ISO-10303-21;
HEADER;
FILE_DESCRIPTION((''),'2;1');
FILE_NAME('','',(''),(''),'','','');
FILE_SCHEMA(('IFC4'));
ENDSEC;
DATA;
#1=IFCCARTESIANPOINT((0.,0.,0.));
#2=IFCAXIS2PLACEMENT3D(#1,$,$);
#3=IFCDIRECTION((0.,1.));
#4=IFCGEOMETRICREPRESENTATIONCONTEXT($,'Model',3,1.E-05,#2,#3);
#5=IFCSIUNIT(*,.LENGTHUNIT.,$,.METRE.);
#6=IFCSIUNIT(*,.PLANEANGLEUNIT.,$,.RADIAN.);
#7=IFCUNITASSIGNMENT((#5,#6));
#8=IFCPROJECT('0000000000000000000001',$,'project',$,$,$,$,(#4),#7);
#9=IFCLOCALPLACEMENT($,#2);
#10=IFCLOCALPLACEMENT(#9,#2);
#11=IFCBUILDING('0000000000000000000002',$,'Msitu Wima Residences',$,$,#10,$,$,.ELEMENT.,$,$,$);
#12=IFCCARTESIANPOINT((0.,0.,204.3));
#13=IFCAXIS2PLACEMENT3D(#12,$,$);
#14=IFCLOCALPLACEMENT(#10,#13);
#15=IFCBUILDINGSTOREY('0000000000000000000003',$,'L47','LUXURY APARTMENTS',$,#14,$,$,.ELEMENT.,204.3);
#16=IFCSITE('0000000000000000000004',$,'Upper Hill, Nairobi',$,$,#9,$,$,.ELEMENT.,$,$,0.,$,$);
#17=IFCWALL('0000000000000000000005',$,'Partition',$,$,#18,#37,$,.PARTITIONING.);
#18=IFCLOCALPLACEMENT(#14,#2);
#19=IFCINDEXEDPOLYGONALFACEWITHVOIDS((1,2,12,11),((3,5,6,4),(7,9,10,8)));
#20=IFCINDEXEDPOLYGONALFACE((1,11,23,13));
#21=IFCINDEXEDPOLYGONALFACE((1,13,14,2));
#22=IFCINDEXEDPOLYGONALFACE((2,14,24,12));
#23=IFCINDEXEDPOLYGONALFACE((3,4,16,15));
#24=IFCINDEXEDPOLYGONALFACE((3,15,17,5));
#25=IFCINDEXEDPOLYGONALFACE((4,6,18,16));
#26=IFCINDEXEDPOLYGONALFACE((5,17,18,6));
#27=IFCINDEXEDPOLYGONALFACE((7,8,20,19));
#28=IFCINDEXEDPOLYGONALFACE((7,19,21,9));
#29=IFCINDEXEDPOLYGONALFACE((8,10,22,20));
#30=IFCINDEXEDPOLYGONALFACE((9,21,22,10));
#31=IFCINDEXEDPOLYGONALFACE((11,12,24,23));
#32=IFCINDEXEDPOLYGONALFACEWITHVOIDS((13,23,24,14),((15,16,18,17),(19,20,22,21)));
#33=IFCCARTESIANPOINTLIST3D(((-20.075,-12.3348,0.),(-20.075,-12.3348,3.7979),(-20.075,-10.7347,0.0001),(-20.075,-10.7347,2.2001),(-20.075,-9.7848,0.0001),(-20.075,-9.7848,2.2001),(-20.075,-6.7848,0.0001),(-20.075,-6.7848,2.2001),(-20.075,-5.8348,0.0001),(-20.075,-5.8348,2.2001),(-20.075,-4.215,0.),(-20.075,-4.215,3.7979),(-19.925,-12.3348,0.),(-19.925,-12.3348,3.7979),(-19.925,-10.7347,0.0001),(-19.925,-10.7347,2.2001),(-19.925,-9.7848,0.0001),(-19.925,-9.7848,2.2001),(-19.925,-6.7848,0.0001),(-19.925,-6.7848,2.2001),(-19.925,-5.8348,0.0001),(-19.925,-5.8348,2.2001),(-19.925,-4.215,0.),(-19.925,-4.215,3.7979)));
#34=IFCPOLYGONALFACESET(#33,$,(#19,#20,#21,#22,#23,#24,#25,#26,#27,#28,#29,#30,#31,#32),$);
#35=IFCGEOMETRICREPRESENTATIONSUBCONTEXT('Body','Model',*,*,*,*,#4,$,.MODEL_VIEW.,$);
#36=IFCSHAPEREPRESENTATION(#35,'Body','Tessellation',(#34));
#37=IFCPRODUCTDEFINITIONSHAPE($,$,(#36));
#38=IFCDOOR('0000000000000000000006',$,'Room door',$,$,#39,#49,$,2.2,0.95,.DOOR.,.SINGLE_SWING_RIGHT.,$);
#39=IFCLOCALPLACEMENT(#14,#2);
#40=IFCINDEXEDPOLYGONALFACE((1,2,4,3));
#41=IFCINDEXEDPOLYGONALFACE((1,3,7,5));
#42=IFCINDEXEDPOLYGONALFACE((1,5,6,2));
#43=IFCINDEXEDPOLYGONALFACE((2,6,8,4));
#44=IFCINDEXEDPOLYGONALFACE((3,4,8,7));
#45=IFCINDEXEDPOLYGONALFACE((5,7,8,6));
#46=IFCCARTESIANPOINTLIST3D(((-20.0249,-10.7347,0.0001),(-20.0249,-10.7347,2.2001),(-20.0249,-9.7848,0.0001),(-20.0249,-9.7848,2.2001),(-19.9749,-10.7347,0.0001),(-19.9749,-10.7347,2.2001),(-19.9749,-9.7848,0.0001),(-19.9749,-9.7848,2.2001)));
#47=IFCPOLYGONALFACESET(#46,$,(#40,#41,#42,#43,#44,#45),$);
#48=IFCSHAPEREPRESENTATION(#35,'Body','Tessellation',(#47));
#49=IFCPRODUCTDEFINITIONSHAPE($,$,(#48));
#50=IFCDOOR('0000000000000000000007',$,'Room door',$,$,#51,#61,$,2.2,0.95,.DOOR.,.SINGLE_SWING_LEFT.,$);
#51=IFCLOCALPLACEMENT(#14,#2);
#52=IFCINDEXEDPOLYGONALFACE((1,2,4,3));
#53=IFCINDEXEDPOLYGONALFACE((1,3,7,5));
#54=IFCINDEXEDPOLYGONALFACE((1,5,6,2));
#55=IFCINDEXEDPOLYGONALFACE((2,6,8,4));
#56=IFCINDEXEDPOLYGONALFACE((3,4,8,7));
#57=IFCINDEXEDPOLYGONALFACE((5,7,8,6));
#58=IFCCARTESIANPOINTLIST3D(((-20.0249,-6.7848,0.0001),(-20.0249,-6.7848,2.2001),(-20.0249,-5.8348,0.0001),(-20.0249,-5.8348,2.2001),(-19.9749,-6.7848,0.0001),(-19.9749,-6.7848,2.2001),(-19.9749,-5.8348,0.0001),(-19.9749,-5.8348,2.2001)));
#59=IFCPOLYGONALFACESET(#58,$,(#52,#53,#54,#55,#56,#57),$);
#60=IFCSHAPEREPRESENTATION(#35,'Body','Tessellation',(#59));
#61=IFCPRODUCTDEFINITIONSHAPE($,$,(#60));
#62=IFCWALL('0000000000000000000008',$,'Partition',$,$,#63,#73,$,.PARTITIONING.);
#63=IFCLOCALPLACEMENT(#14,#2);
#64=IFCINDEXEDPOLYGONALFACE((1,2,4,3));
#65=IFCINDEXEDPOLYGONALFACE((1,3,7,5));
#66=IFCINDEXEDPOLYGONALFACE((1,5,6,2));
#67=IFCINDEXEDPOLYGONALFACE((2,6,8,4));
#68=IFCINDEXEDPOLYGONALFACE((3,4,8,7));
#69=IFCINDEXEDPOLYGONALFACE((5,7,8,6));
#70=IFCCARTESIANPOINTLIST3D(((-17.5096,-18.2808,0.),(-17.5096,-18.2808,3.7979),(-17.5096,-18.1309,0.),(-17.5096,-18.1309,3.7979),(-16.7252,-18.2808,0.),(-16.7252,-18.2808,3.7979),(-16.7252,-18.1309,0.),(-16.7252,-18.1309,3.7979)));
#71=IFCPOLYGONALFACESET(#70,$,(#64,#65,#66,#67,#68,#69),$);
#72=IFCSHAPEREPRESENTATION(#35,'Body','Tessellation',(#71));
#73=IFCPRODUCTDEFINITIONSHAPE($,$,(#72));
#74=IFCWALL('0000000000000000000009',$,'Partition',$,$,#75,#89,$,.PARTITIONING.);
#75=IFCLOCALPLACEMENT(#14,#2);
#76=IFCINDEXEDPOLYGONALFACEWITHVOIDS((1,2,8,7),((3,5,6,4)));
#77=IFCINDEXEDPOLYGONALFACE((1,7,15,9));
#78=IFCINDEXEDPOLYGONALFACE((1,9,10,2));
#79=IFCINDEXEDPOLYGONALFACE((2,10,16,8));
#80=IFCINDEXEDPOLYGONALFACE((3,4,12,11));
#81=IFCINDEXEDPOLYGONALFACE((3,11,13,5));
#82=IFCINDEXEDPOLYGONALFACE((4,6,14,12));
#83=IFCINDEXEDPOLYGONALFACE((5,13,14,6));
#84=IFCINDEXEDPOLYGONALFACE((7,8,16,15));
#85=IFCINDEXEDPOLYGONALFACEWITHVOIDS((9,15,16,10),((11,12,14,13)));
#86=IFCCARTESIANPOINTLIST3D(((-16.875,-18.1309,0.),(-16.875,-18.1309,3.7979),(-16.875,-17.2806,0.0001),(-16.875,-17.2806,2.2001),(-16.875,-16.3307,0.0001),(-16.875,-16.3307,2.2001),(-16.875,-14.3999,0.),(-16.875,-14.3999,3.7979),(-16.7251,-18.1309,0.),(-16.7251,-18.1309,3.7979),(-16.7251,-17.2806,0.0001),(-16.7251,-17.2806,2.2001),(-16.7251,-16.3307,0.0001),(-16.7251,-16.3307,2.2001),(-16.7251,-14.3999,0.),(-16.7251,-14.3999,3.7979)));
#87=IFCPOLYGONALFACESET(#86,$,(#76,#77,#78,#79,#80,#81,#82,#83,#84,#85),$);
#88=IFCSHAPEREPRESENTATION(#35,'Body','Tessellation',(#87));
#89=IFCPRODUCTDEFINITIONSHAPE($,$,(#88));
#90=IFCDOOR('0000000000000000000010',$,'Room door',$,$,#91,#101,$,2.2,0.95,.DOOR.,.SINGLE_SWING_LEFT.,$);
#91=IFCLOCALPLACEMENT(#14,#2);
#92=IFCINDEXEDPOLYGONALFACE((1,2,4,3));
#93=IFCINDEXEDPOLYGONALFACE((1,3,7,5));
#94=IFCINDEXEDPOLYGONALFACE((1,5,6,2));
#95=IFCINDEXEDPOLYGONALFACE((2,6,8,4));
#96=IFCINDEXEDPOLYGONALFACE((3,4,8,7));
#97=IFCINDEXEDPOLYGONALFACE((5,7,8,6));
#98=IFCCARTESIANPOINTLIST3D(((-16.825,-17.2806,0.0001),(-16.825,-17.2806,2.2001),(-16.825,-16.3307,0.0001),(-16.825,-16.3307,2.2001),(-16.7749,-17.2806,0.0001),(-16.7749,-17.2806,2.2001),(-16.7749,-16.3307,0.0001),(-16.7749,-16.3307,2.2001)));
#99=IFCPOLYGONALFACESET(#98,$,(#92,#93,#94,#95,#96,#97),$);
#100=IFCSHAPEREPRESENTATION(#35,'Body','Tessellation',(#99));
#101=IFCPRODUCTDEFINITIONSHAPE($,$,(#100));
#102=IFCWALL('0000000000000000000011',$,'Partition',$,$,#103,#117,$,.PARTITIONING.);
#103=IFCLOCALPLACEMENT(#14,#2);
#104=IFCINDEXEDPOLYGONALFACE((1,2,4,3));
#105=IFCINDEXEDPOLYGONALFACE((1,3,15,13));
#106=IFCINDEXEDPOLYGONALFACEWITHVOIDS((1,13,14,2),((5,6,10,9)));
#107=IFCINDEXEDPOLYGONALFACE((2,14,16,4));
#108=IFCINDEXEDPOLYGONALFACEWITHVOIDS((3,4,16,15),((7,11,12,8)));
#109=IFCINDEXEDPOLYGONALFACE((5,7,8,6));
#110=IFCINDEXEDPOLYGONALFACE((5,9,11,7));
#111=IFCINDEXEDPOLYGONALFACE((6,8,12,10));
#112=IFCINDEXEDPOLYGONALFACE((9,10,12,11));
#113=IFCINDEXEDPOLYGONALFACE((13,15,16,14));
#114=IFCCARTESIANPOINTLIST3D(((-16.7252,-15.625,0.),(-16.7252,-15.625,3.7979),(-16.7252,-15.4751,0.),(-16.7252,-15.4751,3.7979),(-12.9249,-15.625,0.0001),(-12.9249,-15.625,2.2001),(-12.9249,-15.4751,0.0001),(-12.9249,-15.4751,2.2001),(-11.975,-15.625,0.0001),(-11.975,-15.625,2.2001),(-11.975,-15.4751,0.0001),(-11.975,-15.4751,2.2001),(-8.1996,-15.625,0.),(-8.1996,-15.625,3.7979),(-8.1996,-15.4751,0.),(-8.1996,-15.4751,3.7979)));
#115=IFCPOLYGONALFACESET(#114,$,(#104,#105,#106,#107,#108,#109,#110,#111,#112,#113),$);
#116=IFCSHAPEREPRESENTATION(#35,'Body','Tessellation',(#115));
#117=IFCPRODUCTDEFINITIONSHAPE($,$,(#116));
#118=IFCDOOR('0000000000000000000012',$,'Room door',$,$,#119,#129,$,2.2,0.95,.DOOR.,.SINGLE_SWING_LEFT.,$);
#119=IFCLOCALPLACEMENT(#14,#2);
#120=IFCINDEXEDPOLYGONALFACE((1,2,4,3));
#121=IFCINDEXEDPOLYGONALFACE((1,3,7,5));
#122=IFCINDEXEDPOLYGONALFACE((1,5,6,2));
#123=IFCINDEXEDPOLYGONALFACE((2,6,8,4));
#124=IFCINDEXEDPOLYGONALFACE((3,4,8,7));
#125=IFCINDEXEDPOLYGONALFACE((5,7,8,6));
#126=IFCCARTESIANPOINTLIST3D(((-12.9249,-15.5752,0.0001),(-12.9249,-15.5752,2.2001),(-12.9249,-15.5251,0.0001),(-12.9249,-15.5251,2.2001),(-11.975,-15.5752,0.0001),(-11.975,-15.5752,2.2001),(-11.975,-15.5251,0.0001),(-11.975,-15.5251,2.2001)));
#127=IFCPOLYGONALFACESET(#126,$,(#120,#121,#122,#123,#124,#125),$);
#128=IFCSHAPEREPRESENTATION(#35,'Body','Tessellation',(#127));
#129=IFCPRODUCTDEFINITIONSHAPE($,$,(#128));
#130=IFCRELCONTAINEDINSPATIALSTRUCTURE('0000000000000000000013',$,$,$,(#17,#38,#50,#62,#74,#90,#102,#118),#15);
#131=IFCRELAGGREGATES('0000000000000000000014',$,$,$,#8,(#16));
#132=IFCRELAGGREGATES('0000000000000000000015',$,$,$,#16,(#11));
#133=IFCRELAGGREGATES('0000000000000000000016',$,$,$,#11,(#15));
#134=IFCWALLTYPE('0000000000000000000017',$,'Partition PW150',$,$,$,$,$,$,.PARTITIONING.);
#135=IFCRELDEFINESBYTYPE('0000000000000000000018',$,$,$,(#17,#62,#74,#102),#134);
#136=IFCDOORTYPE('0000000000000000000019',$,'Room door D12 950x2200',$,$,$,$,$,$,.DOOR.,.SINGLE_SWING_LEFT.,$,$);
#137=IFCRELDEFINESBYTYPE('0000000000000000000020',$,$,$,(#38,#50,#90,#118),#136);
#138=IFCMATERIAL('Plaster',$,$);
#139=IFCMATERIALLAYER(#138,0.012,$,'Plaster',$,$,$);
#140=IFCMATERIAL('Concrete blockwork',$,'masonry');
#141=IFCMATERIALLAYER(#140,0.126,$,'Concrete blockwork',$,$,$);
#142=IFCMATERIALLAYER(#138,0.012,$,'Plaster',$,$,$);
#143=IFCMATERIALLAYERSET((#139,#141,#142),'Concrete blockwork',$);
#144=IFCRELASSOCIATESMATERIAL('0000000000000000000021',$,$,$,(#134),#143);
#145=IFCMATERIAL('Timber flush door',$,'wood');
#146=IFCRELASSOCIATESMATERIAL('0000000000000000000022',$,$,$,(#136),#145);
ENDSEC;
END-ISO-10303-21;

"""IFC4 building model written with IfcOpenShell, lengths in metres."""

from ifc_helpers import new_model, si_unit, direction, frame, frame_2d, origin, place, context, subcontext, project, spatial, rectangle, extrude, material, layer, layer_set, type_object, element, fill, save


model = new_model("IFC4")

# Units and contexts
model_context = context("Model", 3, precision=1e-05, world=origin(), true_north=direction((0.0, 1.0)))
body_context = subcontext(model_context, "Body", "Model", "MODEL_VIEW")
ifc_project = project(units=[si_unit("LENGTHUNIT", "METRE"), si_unit("PLANEANGLEUNIT", "RADIAN")], contexts=[model_context])

# Site, building, storey
site_placement = place(None, origin())
site = spatial("IfcSite", under=ifc_project, at=site_placement, Name="Upper Hill, Nairobi", CompositionType="ELEMENT", RefElevation=0.0)
building_placement = place(site_placement, origin())
building = spatial("IfcBuilding", under=site, at=building_placement, Name="Msitu Wima Residences", CompositionType="ELEMENT")
storey_placement = place(building_placement, frame((0.0, 0.0, 204.3)))
storey = spatial("IfcBuildingStorey", under=building, at=storey_placement, Name="L47", Description="LUXURY APARTMENTS", CompositionType="ELEMENT", Elevation=204.3)

# Shared definitions
ifc_material_1 = material(Name="Plaster")
ifc_material_2 = material(Name="Concrete blockwork", Category="masonry")

# Shared definitions
ifc_layer_1 = layer(ifc_material_1, 0.012, Name="Plaster")
ifc_layer_2 = layer(ifc_material_2, 0.126, Name="Concrete blockwork")
ifc_layer_3 = layer(ifc_material_1, 0.012, Name="Plaster")
ifc_layer_set_1 = layer_set([ifc_layer_1, ifc_layer_2, ifc_layer_3], Name="Concrete blockwork")
wall_type_1 = type_object("IfcWallType", Name="Partition PW150", PredefinedType="PARTITIONING", material=ifc_layer_set_1)

# Shared definitions
ifc_material_3 = material(Name="Timber flush door", Category="wood")
door_type_1 = type_object("IfcDoorType", Name="Room door D12 950x2200", OperationType="SINGLE_SWING_LEFT", PredefinedType="DOOR", material=ifc_material_3)

# Wall, openings, doors
wall_1_placement = place(storey_placement, frame((-20.0, -12.335, 0.0), z_axis=(0.0, 0.0, 1.0), x_axis=(0.0, 1.0, 0.0)))
wall_1 = element("IfcWall", 1, at=wall_1_placement, inside=storey, type_object=wall_type_1, Name="Partition", PredefinedType="PARTITIONING", context=body_context, shape_type="SweptSolid", body=[
    extrude(rectangle(XDim=8.1199, YDim=0.1499, at=frame_2d((4.0601, 0.0))), origin(), (0.0, 0.0, 1.0), 3.7979),
])
opening_1_placement = place(wall_1_placement, frame((1.6001, 0.0, 0.0)))
opening_1 = element("IfcOpeningElement", 2, at=opening_1_placement, cuts=wall_1, PredefinedType="OPENING", context=body_context, shape_type="SweptSolid", body=[
    extrude(rectangle(XDim=0.95, YDim=2.2, at=frame_2d((0.4751, 1.1001))), frame((0.0, 0.085, 0.0), z_axis=(0.0, -1.0, 0.0), x_axis=(1.0, 0.0, 0.0)), (0.0, 0.0, 1.0), 0.1699),
])
opening_2_placement = place(wall_1_placement, frame((5.55, 0.0, 0.0)))
opening_2 = element("IfcOpeningElement", 3, at=opening_2_placement, cuts=wall_1, PredefinedType="OPENING", context=body_context, shape_type="SweptSolid", body=[
    extrude(rectangle(XDim=0.95, YDim=2.2, at=frame_2d((0.4751, 1.1001))), frame((0.0, 0.085, 0.0), z_axis=(0.0, -1.0, 0.0), x_axis=(1.0, 0.0, 0.0)), (0.0, 0.0, 1.0), 0.1699),
])
door_1_placement = place(opening_1_placement, origin())
door_1 = element("IfcDoor", 4, at=door_1_placement, inside=storey, type_object=door_type_1, Name="Room door", OperationType="SINGLE_SWING_RIGHT", OverallHeight=2.2, OverallWidth=0.95, PredefinedType="DOOR", context=body_context, shape_type="SweptSolid", body=[
    extrude(rectangle(XDim=0.95, YDim=2.2, at=frame_2d((0.4751, 1.1001))), frame((0.0, 0.0249, 0.0), z_axis=(0.0, -1.0, 0.0), x_axis=(1.0, 0.0, 0.0)), (0.0, 0.0, 1.0), 0.05),
])
fill(opening_1, door_1)
door_2_placement = place(opening_2_placement, origin())
door_2 = element("IfcDoor", 5, at=door_2_placement, inside=storey, type_object=door_type_1, Name="Room door", OperationType="SINGLE_SWING_LEFT", OverallHeight=2.2, OverallWidth=0.95, PredefinedType="DOOR", context=body_context, shape_type="SweptSolid", body=[
    extrude(rectangle(XDim=0.95, YDim=2.2, at=frame_2d((0.4751, 1.1001))), frame((0.0, 0.0249, 0.0), z_axis=(0.0, -1.0, 0.0), x_axis=(1.0, 0.0, 0.0)), (0.0, 0.0, 1.0), 0.05),
])
fill(opening_2, door_2)

# Wall
wall_2_placement = place(storey_placement, frame((-17.5095, -18.2058, 0.0), z_axis=(0.0, 0.0, 1.0), x_axis=(1.0, 0.0, 0.0)))
element("IfcWall", 6, at=wall_2_placement, inside=storey, type_object=wall_type_1, Name="Partition", PredefinedType="PARTITIONING", context=body_context, shape_type="SweptSolid", body=[
    extrude(rectangle(XDim=0.7844, YDim=0.1499, at=frame_2d((0.3921, 0.0))), origin(), (0.0, 0.0, 1.0), 3.7979),
])

# Walls, openings, doors
wall_3_placement = place(storey_placement, frame((-16.8, -18.1309, 0.0), z_axis=(0.0, 0.0, 1.0), x_axis=(0.0, 1.0, 0.0)))
wall_3 = element("IfcWall", 7, at=wall_3_placement, inside=storey, type_object=wall_type_1, Name="Partition", PredefinedType="PARTITIONING", context=body_context, shape_type="SweptSolid", body=[
    extrude(rectangle(XDim=3.731, YDim=0.1499, at=frame_2d((1.8655, 0.0))), origin(), (0.0, 0.0, 1.0), 3.7979),
])
opening_3_placement = place(wall_3_placement, frame((0.8501, 0.0, 0.0)))
opening_3 = element("IfcOpeningElement", 8, at=opening_3_placement, cuts=wall_3, PredefinedType="OPENING", context=body_context, shape_type="SweptSolid", body=[
    extrude(rectangle(XDim=0.95, YDim=2.2, at=frame_2d((0.4751, 1.1001))), frame((0.0, 0.085, 0.0), z_axis=(0.0, -1.0, 0.0), x_axis=(1.0, 0.0, 0.0)), (0.0, 0.0, 1.0), 0.1699),
])
door_3_placement = place(opening_3_placement, origin())
door_3 = element("IfcDoor", 9, at=door_3_placement, inside=storey, type_object=door_type_1, Name="Room door", OperationType="SINGLE_SWING_LEFT", OverallHeight=2.2, OverallWidth=0.95, PredefinedType="DOOR", context=body_context, shape_type="SweptSolid", body=[
    extrude(rectangle(XDim=0.95, YDim=2.2, at=frame_2d((0.4751, 1.1001))), frame((0.0, 0.0249, 0.0), z_axis=(0.0, -1.0, 0.0), x_axis=(1.0, 0.0, 0.0)), (0.0, 0.0, 1.0), 0.05),
])
fill(opening_3, door_3)
wall_4_placement = place(storey_placement, frame((-16.7251, -15.55, 0.0), z_axis=(0.0, 0.0, 1.0), x_axis=(1.0, 0.0, 0.0)))
wall_4 = element("IfcWall", 10, at=wall_4_placement, inside=storey, type_object=wall_type_1, Name="Partition", PredefinedType="PARTITIONING", context=body_context, shape_type="SweptSolid", body=[
    extrude(rectangle(XDim=8.5256, YDim=0.1499, at=frame_2d((4.2627, 0.0))), origin(), (0.0, 0.0, 1.0), 3.7979),
])
opening_4_placement = place(wall_4_placement, frame((3.8, 0.0, 0.0)))
opening_4 = element("IfcOpeningElement", 11, at=opening_4_placement, cuts=wall_4, PredefinedType="OPENING", context=body_context, shape_type="SweptSolid", body=[
    extrude(rectangle(XDim=0.95, YDim=2.2, at=frame_2d((0.4751, 1.1001))), frame((0.0, 0.085, 0.0), z_axis=(0.0, -1.0, 0.0), x_axis=(1.0, 0.0, 0.0)), (0.0, 0.0, 1.0), 0.1699),
])
door_4_placement = place(opening_4_placement, origin())
door_4 = element("IfcDoor", 12, at=door_4_placement, inside=storey, type_object=door_type_1, Name="Room door", OperationType="SINGLE_SWING_LEFT", OverallHeight=2.2, OverallWidth=0.95, PredefinedType="DOOR", context=body_context, shape_type="SweptSolid", body=[
    extrude(rectangle(XDim=0.95, YDim=2.2, at=frame_2d((0.4751, 1.1001))), frame((0.0, 0.0249, 0.0), z_axis=(0.0, -1.0, 0.0), x_axis=(1.0, 0.0, 0.0)), (0.0, 0.0, 1.0), 0.05),
])
fill(opening_4, door_4)

save(model, "model.ifc")
